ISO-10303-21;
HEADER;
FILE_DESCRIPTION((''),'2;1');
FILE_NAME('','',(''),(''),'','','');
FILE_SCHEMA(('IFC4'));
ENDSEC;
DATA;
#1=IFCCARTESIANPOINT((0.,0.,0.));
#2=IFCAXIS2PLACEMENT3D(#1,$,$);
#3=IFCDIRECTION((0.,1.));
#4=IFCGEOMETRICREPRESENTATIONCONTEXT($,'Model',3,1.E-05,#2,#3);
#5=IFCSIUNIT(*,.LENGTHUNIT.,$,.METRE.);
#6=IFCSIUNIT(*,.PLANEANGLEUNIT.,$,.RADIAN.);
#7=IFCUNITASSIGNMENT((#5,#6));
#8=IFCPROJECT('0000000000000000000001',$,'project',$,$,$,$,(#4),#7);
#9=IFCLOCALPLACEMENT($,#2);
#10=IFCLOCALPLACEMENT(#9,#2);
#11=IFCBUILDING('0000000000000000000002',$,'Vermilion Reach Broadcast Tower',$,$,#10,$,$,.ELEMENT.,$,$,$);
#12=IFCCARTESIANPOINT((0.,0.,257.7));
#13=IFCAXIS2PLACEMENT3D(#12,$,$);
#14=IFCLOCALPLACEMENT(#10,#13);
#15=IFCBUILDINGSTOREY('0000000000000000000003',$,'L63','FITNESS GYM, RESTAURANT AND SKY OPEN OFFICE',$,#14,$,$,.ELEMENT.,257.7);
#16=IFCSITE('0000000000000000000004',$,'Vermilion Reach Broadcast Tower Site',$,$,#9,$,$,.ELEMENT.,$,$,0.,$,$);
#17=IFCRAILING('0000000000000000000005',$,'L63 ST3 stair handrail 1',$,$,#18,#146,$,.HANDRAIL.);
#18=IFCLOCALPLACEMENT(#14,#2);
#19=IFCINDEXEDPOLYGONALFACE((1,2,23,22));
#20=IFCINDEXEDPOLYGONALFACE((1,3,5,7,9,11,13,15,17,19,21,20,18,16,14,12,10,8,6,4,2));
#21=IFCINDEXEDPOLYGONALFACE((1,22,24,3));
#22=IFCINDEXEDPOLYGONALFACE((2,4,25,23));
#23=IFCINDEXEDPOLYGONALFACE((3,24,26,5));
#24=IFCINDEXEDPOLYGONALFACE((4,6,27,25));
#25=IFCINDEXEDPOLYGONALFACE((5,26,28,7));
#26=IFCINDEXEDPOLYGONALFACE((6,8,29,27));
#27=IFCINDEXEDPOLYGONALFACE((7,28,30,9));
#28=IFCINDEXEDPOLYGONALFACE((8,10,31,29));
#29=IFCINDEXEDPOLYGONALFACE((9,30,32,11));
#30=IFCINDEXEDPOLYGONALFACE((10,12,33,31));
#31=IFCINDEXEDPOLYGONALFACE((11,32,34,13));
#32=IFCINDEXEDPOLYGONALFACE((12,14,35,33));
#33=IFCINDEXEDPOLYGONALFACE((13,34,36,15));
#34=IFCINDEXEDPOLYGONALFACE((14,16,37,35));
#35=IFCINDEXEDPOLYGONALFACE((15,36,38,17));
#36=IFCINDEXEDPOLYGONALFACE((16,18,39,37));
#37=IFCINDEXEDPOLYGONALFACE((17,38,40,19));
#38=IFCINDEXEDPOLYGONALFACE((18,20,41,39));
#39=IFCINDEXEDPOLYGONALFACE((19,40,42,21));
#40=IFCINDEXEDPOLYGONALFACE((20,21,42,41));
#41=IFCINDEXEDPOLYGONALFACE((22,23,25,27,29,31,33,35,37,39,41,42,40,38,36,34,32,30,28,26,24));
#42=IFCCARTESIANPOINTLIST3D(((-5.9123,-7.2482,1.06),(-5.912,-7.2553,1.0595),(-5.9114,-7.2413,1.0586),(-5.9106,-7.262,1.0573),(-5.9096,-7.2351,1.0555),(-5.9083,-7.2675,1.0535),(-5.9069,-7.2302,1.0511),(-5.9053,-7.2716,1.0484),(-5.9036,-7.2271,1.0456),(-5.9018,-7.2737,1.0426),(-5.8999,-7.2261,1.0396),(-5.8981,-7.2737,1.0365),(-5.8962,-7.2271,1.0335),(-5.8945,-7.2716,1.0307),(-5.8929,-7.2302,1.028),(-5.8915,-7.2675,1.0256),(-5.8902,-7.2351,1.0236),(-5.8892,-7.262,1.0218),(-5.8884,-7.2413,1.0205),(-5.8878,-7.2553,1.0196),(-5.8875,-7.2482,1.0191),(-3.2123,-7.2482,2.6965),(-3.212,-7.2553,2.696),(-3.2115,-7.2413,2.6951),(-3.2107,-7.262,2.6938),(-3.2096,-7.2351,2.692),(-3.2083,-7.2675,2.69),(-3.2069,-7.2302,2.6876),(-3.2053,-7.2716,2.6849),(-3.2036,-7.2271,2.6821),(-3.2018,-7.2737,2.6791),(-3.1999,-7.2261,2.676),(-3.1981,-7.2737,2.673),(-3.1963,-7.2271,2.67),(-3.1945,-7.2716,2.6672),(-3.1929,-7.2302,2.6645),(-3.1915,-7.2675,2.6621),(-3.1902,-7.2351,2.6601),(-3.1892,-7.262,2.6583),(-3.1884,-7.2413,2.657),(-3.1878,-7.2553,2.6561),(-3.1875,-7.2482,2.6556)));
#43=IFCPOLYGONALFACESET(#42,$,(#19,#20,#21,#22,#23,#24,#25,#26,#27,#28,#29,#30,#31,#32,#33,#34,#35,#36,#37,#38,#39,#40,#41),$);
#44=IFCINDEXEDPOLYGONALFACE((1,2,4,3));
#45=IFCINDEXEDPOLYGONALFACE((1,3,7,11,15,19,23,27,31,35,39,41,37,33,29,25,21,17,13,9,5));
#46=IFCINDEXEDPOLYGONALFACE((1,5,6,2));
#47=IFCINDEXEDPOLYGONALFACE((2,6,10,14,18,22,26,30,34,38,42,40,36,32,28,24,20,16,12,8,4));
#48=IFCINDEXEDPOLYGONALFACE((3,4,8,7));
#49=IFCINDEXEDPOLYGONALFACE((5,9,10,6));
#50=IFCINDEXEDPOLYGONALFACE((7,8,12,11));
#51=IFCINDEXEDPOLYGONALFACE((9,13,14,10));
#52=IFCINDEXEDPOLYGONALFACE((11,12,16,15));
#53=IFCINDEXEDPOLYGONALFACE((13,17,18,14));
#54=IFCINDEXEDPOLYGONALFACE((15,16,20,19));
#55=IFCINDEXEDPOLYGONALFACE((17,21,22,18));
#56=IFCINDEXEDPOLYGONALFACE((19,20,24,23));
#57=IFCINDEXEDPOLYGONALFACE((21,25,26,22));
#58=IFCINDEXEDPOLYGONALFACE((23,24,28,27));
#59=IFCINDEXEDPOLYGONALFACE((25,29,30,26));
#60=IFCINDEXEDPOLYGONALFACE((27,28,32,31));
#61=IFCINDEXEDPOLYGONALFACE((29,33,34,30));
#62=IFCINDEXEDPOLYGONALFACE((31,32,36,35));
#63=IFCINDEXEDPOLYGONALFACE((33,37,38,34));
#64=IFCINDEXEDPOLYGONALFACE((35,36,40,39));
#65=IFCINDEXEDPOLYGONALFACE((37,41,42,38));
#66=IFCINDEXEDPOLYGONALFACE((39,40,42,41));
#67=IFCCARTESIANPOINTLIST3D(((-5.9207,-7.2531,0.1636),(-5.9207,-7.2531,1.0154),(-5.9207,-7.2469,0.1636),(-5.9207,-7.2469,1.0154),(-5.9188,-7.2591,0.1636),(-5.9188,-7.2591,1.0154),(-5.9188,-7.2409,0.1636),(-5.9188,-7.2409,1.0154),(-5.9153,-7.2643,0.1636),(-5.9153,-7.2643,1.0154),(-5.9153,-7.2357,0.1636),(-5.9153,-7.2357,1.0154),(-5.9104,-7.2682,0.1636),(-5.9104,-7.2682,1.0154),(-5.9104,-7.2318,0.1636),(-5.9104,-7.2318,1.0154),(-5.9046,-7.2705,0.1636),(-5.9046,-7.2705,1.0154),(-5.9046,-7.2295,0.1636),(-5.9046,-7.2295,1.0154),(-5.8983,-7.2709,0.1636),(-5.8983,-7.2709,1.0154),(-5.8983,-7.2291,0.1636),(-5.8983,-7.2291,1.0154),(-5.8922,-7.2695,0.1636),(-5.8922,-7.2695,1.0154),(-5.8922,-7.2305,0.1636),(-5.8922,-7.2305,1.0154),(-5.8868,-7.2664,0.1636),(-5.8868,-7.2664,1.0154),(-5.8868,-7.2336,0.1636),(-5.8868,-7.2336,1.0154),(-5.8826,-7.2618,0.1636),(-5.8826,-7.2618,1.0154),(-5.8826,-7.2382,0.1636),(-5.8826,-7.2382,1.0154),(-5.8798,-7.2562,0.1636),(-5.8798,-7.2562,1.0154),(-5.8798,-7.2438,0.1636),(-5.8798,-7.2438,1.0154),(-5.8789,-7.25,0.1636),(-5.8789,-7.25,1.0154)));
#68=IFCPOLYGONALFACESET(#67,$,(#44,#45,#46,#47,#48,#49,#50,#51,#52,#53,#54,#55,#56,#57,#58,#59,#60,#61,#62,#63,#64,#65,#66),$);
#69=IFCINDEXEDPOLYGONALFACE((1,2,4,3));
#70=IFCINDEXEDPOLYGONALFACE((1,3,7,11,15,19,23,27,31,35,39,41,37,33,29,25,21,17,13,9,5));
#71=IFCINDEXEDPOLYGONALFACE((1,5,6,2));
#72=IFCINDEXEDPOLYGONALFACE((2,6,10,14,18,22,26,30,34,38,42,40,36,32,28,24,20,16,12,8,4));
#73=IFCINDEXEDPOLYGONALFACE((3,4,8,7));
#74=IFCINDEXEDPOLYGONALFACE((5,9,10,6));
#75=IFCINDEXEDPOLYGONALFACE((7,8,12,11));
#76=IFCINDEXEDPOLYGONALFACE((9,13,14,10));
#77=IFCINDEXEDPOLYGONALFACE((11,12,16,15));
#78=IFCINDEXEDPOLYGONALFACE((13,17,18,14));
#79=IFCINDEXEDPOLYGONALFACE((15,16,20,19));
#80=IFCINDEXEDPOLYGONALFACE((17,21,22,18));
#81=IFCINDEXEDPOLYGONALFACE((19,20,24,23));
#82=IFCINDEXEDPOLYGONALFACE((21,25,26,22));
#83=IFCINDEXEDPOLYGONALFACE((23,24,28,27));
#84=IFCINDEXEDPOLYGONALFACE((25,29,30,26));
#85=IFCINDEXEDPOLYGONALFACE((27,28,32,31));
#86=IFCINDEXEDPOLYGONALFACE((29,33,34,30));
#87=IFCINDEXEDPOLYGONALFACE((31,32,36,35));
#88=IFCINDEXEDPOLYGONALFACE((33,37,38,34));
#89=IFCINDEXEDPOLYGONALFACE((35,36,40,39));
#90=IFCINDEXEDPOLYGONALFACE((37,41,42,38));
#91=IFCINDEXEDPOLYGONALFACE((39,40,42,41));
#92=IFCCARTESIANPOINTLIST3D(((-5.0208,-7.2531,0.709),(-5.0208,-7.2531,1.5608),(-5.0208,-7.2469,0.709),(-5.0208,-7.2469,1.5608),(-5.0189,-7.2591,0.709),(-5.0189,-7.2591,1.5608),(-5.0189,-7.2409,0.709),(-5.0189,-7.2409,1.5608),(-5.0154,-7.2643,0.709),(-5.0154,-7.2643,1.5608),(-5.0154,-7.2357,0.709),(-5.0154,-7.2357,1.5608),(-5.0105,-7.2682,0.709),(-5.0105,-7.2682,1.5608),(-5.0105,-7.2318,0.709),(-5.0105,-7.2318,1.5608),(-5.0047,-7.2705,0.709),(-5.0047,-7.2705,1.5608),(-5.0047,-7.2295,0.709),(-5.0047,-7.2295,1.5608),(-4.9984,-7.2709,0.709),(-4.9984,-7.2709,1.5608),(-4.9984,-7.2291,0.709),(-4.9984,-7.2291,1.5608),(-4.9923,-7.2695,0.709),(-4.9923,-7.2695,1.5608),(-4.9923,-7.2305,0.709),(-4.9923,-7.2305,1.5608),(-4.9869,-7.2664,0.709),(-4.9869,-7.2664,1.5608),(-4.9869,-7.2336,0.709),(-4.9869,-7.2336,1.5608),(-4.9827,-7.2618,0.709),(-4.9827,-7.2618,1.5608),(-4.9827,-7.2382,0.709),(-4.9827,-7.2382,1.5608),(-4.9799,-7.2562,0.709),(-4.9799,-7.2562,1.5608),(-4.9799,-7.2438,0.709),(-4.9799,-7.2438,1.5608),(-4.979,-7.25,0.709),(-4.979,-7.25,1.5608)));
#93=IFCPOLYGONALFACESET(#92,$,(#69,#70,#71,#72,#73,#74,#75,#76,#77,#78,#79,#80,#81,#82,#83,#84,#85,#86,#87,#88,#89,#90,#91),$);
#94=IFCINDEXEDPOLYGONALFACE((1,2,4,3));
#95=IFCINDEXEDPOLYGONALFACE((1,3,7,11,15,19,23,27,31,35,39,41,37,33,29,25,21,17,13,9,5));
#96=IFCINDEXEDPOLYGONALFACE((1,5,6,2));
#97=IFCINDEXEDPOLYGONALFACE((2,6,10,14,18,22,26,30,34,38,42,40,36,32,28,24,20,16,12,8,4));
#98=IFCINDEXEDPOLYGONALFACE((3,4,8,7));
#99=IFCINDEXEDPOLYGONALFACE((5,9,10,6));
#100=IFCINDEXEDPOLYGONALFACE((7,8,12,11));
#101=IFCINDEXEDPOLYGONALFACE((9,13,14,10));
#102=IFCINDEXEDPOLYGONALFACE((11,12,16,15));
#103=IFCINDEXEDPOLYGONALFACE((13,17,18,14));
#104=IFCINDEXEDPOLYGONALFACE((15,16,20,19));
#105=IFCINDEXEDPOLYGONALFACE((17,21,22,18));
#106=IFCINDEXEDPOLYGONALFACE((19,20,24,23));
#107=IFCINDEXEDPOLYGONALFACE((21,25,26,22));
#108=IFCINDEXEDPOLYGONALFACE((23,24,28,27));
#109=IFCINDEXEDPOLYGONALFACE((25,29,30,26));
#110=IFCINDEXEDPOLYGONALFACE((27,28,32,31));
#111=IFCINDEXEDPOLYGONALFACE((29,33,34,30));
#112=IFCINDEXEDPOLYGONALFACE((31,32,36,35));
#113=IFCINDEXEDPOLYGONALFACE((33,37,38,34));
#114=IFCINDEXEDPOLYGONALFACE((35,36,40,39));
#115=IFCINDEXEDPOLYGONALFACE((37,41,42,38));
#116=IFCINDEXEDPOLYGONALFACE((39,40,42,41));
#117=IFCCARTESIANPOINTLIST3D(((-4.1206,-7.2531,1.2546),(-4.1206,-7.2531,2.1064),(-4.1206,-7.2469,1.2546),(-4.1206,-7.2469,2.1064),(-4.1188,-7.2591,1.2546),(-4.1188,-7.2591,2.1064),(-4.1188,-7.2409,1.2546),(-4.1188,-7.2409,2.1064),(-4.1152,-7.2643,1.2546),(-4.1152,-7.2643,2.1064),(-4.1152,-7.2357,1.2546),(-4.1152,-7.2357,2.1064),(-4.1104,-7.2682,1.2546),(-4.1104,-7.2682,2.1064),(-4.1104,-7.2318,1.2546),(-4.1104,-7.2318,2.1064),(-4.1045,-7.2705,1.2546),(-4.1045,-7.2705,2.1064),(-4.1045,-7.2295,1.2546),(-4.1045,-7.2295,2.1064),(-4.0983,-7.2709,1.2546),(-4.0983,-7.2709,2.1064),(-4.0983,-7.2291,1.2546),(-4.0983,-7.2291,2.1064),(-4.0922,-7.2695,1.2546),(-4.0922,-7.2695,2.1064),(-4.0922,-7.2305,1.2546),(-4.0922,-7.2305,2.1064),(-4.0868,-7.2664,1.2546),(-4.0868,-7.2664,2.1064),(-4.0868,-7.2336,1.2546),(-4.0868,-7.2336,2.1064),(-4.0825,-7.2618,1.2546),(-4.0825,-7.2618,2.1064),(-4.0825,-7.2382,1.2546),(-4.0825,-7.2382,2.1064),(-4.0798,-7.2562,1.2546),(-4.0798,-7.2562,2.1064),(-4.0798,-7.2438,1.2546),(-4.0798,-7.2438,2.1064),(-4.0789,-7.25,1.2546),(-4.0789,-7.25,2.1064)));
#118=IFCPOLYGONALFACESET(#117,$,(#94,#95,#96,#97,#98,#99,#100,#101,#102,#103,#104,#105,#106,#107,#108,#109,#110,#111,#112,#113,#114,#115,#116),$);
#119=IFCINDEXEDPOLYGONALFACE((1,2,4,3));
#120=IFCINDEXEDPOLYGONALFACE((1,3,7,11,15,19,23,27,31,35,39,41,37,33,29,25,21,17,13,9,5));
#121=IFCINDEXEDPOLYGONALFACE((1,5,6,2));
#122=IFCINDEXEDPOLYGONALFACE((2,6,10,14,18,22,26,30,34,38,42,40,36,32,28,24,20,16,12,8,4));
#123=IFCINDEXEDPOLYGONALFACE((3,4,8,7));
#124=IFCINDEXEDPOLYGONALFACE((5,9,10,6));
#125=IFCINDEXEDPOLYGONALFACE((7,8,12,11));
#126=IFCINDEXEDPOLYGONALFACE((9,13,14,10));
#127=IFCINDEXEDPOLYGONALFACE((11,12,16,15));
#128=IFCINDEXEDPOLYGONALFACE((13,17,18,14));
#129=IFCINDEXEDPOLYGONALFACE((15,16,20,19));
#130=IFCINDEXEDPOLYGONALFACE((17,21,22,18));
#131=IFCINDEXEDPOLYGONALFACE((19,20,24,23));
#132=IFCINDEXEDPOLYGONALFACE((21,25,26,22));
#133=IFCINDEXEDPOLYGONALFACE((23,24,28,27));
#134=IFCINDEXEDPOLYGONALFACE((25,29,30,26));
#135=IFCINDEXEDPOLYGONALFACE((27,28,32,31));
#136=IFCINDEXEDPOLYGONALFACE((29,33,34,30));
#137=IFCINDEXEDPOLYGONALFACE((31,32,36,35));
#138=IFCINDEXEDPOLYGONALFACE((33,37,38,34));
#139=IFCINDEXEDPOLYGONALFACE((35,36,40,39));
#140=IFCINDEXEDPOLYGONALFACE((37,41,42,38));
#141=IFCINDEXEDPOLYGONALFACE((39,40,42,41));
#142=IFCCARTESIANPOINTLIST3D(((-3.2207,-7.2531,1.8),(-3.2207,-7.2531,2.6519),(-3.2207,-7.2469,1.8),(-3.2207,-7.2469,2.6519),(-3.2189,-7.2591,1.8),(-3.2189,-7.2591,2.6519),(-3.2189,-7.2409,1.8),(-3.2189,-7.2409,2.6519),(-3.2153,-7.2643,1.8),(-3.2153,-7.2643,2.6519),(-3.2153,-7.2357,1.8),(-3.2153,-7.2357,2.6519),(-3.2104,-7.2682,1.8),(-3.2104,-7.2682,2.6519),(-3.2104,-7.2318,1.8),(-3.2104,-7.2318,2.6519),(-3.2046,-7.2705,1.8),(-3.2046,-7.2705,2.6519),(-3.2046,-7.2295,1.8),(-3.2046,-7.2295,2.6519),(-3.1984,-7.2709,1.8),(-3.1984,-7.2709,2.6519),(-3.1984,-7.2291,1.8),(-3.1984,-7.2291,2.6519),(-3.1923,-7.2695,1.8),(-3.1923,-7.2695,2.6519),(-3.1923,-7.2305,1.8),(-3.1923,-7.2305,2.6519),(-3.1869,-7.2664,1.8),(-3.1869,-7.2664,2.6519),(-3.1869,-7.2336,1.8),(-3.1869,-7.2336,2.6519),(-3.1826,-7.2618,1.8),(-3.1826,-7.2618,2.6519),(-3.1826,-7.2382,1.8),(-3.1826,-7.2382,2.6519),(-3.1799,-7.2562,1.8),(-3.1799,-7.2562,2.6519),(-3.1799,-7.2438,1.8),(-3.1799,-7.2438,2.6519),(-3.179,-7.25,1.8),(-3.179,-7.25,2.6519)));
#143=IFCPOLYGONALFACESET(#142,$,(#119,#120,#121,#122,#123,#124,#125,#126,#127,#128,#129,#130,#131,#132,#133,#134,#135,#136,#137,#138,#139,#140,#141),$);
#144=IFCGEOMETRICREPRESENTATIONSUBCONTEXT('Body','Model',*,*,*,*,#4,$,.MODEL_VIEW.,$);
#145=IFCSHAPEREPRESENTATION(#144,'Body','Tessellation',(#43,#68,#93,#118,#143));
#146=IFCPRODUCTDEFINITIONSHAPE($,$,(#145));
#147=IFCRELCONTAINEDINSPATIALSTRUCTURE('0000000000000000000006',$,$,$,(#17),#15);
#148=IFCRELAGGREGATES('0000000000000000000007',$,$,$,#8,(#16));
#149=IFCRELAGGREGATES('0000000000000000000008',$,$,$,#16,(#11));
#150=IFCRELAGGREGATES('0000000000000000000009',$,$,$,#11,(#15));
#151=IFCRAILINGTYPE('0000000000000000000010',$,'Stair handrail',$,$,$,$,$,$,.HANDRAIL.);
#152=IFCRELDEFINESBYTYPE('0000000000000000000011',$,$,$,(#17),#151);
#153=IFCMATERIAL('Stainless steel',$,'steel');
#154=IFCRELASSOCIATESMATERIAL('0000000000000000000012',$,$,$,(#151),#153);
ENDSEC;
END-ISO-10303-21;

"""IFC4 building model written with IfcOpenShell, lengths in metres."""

from ifc_helpers import new_model, si_unit, direction, frame, origin, origin_2d, place, context, subcontext, project, spatial, circle, extrude, material, type_object, element, save


model = new_model("IFC4")

# Units and contexts
model_context = context("Model", 3, precision=1e-05, world=origin(), true_north=direction((0.0, 1.0)))
body_context = subcontext(model_context, "Body", "Model", "MODEL_VIEW")
ifc_project = project(units=[si_unit("LENGTHUNIT", "METRE"), si_unit("PLANEANGLEUNIT", "RADIAN")], contexts=[model_context])

# Site, building, storey
site_placement = place(None, origin())
site = spatial("IfcSite", under=ifc_project, at=site_placement, Name="Vermilion Reach Broadcast Tower Site", CompositionType="ELEMENT", RefElevation=0.0)
building_placement = place(site_placement, origin())
building = spatial("IfcBuilding", under=site, at=building_placement, Name="Vermilion Reach Broadcast Tower", CompositionType="ELEMENT")
storey_placement = place(building_placement, frame((0.0, 0.0, 257.7)))
storey = spatial("IfcBuildingStorey", under=building, at=storey_placement, Name="L63", Description="FITNESS GYM, RESTAURANT AND SKY OPEN OFFICE", CompositionType="ELEMENT", Elevation=257.7)

# Railing
ifc_material_1 = material(Name="Stainless steel", Category="steel")
railing_type_1 = type_object("IfcRailingType", Name="Stair handrail", PredefinedType="HANDRAIL", material=ifc_material_1)
railing_1_placement = place(storey_placement, frame((-5.8999, -7.25, 0.1636)))
element("IfcRailing", 1, at=railing_1_placement, inside=storey, type_object=railing_type_1, Name="L63 ST3 stair handrail 1", PredefinedType="HANDRAIL", context=body_context, shape_type="SweptSolid", body=[
    extrude(circle(Radius=0.0239, at=origin_2d()), frame((0.0, 0.0, 0.876), z_axis=(0.855178, 0.0, 0.518334), x_axis=(0.0, 1.0, 0.0)), (0.0, 0.0, 1.0), 3.1572),
    extrude(circle(Radius=0.021, at=origin_2d()), origin(), (0.0, 0.0, 1.0), 0.8518),
    extrude(circle(Radius=0.021, at=origin_2d()), frame((0.8999, 0.0, 0.5454)), (0.0, 0.0, 1.0), 0.8518),
    extrude(circle(Radius=0.021, at=origin_2d()), frame((1.8, 0.0, 1.0911)), (0.0, 0.0, 1.0), 0.8518),
    extrude(circle(Radius=0.021, at=origin_2d()), frame((2.7, 0.0, 1.6365)), (0.0, 0.0, 1.0), 0.8518),
])

save(model, "model.ifc")
